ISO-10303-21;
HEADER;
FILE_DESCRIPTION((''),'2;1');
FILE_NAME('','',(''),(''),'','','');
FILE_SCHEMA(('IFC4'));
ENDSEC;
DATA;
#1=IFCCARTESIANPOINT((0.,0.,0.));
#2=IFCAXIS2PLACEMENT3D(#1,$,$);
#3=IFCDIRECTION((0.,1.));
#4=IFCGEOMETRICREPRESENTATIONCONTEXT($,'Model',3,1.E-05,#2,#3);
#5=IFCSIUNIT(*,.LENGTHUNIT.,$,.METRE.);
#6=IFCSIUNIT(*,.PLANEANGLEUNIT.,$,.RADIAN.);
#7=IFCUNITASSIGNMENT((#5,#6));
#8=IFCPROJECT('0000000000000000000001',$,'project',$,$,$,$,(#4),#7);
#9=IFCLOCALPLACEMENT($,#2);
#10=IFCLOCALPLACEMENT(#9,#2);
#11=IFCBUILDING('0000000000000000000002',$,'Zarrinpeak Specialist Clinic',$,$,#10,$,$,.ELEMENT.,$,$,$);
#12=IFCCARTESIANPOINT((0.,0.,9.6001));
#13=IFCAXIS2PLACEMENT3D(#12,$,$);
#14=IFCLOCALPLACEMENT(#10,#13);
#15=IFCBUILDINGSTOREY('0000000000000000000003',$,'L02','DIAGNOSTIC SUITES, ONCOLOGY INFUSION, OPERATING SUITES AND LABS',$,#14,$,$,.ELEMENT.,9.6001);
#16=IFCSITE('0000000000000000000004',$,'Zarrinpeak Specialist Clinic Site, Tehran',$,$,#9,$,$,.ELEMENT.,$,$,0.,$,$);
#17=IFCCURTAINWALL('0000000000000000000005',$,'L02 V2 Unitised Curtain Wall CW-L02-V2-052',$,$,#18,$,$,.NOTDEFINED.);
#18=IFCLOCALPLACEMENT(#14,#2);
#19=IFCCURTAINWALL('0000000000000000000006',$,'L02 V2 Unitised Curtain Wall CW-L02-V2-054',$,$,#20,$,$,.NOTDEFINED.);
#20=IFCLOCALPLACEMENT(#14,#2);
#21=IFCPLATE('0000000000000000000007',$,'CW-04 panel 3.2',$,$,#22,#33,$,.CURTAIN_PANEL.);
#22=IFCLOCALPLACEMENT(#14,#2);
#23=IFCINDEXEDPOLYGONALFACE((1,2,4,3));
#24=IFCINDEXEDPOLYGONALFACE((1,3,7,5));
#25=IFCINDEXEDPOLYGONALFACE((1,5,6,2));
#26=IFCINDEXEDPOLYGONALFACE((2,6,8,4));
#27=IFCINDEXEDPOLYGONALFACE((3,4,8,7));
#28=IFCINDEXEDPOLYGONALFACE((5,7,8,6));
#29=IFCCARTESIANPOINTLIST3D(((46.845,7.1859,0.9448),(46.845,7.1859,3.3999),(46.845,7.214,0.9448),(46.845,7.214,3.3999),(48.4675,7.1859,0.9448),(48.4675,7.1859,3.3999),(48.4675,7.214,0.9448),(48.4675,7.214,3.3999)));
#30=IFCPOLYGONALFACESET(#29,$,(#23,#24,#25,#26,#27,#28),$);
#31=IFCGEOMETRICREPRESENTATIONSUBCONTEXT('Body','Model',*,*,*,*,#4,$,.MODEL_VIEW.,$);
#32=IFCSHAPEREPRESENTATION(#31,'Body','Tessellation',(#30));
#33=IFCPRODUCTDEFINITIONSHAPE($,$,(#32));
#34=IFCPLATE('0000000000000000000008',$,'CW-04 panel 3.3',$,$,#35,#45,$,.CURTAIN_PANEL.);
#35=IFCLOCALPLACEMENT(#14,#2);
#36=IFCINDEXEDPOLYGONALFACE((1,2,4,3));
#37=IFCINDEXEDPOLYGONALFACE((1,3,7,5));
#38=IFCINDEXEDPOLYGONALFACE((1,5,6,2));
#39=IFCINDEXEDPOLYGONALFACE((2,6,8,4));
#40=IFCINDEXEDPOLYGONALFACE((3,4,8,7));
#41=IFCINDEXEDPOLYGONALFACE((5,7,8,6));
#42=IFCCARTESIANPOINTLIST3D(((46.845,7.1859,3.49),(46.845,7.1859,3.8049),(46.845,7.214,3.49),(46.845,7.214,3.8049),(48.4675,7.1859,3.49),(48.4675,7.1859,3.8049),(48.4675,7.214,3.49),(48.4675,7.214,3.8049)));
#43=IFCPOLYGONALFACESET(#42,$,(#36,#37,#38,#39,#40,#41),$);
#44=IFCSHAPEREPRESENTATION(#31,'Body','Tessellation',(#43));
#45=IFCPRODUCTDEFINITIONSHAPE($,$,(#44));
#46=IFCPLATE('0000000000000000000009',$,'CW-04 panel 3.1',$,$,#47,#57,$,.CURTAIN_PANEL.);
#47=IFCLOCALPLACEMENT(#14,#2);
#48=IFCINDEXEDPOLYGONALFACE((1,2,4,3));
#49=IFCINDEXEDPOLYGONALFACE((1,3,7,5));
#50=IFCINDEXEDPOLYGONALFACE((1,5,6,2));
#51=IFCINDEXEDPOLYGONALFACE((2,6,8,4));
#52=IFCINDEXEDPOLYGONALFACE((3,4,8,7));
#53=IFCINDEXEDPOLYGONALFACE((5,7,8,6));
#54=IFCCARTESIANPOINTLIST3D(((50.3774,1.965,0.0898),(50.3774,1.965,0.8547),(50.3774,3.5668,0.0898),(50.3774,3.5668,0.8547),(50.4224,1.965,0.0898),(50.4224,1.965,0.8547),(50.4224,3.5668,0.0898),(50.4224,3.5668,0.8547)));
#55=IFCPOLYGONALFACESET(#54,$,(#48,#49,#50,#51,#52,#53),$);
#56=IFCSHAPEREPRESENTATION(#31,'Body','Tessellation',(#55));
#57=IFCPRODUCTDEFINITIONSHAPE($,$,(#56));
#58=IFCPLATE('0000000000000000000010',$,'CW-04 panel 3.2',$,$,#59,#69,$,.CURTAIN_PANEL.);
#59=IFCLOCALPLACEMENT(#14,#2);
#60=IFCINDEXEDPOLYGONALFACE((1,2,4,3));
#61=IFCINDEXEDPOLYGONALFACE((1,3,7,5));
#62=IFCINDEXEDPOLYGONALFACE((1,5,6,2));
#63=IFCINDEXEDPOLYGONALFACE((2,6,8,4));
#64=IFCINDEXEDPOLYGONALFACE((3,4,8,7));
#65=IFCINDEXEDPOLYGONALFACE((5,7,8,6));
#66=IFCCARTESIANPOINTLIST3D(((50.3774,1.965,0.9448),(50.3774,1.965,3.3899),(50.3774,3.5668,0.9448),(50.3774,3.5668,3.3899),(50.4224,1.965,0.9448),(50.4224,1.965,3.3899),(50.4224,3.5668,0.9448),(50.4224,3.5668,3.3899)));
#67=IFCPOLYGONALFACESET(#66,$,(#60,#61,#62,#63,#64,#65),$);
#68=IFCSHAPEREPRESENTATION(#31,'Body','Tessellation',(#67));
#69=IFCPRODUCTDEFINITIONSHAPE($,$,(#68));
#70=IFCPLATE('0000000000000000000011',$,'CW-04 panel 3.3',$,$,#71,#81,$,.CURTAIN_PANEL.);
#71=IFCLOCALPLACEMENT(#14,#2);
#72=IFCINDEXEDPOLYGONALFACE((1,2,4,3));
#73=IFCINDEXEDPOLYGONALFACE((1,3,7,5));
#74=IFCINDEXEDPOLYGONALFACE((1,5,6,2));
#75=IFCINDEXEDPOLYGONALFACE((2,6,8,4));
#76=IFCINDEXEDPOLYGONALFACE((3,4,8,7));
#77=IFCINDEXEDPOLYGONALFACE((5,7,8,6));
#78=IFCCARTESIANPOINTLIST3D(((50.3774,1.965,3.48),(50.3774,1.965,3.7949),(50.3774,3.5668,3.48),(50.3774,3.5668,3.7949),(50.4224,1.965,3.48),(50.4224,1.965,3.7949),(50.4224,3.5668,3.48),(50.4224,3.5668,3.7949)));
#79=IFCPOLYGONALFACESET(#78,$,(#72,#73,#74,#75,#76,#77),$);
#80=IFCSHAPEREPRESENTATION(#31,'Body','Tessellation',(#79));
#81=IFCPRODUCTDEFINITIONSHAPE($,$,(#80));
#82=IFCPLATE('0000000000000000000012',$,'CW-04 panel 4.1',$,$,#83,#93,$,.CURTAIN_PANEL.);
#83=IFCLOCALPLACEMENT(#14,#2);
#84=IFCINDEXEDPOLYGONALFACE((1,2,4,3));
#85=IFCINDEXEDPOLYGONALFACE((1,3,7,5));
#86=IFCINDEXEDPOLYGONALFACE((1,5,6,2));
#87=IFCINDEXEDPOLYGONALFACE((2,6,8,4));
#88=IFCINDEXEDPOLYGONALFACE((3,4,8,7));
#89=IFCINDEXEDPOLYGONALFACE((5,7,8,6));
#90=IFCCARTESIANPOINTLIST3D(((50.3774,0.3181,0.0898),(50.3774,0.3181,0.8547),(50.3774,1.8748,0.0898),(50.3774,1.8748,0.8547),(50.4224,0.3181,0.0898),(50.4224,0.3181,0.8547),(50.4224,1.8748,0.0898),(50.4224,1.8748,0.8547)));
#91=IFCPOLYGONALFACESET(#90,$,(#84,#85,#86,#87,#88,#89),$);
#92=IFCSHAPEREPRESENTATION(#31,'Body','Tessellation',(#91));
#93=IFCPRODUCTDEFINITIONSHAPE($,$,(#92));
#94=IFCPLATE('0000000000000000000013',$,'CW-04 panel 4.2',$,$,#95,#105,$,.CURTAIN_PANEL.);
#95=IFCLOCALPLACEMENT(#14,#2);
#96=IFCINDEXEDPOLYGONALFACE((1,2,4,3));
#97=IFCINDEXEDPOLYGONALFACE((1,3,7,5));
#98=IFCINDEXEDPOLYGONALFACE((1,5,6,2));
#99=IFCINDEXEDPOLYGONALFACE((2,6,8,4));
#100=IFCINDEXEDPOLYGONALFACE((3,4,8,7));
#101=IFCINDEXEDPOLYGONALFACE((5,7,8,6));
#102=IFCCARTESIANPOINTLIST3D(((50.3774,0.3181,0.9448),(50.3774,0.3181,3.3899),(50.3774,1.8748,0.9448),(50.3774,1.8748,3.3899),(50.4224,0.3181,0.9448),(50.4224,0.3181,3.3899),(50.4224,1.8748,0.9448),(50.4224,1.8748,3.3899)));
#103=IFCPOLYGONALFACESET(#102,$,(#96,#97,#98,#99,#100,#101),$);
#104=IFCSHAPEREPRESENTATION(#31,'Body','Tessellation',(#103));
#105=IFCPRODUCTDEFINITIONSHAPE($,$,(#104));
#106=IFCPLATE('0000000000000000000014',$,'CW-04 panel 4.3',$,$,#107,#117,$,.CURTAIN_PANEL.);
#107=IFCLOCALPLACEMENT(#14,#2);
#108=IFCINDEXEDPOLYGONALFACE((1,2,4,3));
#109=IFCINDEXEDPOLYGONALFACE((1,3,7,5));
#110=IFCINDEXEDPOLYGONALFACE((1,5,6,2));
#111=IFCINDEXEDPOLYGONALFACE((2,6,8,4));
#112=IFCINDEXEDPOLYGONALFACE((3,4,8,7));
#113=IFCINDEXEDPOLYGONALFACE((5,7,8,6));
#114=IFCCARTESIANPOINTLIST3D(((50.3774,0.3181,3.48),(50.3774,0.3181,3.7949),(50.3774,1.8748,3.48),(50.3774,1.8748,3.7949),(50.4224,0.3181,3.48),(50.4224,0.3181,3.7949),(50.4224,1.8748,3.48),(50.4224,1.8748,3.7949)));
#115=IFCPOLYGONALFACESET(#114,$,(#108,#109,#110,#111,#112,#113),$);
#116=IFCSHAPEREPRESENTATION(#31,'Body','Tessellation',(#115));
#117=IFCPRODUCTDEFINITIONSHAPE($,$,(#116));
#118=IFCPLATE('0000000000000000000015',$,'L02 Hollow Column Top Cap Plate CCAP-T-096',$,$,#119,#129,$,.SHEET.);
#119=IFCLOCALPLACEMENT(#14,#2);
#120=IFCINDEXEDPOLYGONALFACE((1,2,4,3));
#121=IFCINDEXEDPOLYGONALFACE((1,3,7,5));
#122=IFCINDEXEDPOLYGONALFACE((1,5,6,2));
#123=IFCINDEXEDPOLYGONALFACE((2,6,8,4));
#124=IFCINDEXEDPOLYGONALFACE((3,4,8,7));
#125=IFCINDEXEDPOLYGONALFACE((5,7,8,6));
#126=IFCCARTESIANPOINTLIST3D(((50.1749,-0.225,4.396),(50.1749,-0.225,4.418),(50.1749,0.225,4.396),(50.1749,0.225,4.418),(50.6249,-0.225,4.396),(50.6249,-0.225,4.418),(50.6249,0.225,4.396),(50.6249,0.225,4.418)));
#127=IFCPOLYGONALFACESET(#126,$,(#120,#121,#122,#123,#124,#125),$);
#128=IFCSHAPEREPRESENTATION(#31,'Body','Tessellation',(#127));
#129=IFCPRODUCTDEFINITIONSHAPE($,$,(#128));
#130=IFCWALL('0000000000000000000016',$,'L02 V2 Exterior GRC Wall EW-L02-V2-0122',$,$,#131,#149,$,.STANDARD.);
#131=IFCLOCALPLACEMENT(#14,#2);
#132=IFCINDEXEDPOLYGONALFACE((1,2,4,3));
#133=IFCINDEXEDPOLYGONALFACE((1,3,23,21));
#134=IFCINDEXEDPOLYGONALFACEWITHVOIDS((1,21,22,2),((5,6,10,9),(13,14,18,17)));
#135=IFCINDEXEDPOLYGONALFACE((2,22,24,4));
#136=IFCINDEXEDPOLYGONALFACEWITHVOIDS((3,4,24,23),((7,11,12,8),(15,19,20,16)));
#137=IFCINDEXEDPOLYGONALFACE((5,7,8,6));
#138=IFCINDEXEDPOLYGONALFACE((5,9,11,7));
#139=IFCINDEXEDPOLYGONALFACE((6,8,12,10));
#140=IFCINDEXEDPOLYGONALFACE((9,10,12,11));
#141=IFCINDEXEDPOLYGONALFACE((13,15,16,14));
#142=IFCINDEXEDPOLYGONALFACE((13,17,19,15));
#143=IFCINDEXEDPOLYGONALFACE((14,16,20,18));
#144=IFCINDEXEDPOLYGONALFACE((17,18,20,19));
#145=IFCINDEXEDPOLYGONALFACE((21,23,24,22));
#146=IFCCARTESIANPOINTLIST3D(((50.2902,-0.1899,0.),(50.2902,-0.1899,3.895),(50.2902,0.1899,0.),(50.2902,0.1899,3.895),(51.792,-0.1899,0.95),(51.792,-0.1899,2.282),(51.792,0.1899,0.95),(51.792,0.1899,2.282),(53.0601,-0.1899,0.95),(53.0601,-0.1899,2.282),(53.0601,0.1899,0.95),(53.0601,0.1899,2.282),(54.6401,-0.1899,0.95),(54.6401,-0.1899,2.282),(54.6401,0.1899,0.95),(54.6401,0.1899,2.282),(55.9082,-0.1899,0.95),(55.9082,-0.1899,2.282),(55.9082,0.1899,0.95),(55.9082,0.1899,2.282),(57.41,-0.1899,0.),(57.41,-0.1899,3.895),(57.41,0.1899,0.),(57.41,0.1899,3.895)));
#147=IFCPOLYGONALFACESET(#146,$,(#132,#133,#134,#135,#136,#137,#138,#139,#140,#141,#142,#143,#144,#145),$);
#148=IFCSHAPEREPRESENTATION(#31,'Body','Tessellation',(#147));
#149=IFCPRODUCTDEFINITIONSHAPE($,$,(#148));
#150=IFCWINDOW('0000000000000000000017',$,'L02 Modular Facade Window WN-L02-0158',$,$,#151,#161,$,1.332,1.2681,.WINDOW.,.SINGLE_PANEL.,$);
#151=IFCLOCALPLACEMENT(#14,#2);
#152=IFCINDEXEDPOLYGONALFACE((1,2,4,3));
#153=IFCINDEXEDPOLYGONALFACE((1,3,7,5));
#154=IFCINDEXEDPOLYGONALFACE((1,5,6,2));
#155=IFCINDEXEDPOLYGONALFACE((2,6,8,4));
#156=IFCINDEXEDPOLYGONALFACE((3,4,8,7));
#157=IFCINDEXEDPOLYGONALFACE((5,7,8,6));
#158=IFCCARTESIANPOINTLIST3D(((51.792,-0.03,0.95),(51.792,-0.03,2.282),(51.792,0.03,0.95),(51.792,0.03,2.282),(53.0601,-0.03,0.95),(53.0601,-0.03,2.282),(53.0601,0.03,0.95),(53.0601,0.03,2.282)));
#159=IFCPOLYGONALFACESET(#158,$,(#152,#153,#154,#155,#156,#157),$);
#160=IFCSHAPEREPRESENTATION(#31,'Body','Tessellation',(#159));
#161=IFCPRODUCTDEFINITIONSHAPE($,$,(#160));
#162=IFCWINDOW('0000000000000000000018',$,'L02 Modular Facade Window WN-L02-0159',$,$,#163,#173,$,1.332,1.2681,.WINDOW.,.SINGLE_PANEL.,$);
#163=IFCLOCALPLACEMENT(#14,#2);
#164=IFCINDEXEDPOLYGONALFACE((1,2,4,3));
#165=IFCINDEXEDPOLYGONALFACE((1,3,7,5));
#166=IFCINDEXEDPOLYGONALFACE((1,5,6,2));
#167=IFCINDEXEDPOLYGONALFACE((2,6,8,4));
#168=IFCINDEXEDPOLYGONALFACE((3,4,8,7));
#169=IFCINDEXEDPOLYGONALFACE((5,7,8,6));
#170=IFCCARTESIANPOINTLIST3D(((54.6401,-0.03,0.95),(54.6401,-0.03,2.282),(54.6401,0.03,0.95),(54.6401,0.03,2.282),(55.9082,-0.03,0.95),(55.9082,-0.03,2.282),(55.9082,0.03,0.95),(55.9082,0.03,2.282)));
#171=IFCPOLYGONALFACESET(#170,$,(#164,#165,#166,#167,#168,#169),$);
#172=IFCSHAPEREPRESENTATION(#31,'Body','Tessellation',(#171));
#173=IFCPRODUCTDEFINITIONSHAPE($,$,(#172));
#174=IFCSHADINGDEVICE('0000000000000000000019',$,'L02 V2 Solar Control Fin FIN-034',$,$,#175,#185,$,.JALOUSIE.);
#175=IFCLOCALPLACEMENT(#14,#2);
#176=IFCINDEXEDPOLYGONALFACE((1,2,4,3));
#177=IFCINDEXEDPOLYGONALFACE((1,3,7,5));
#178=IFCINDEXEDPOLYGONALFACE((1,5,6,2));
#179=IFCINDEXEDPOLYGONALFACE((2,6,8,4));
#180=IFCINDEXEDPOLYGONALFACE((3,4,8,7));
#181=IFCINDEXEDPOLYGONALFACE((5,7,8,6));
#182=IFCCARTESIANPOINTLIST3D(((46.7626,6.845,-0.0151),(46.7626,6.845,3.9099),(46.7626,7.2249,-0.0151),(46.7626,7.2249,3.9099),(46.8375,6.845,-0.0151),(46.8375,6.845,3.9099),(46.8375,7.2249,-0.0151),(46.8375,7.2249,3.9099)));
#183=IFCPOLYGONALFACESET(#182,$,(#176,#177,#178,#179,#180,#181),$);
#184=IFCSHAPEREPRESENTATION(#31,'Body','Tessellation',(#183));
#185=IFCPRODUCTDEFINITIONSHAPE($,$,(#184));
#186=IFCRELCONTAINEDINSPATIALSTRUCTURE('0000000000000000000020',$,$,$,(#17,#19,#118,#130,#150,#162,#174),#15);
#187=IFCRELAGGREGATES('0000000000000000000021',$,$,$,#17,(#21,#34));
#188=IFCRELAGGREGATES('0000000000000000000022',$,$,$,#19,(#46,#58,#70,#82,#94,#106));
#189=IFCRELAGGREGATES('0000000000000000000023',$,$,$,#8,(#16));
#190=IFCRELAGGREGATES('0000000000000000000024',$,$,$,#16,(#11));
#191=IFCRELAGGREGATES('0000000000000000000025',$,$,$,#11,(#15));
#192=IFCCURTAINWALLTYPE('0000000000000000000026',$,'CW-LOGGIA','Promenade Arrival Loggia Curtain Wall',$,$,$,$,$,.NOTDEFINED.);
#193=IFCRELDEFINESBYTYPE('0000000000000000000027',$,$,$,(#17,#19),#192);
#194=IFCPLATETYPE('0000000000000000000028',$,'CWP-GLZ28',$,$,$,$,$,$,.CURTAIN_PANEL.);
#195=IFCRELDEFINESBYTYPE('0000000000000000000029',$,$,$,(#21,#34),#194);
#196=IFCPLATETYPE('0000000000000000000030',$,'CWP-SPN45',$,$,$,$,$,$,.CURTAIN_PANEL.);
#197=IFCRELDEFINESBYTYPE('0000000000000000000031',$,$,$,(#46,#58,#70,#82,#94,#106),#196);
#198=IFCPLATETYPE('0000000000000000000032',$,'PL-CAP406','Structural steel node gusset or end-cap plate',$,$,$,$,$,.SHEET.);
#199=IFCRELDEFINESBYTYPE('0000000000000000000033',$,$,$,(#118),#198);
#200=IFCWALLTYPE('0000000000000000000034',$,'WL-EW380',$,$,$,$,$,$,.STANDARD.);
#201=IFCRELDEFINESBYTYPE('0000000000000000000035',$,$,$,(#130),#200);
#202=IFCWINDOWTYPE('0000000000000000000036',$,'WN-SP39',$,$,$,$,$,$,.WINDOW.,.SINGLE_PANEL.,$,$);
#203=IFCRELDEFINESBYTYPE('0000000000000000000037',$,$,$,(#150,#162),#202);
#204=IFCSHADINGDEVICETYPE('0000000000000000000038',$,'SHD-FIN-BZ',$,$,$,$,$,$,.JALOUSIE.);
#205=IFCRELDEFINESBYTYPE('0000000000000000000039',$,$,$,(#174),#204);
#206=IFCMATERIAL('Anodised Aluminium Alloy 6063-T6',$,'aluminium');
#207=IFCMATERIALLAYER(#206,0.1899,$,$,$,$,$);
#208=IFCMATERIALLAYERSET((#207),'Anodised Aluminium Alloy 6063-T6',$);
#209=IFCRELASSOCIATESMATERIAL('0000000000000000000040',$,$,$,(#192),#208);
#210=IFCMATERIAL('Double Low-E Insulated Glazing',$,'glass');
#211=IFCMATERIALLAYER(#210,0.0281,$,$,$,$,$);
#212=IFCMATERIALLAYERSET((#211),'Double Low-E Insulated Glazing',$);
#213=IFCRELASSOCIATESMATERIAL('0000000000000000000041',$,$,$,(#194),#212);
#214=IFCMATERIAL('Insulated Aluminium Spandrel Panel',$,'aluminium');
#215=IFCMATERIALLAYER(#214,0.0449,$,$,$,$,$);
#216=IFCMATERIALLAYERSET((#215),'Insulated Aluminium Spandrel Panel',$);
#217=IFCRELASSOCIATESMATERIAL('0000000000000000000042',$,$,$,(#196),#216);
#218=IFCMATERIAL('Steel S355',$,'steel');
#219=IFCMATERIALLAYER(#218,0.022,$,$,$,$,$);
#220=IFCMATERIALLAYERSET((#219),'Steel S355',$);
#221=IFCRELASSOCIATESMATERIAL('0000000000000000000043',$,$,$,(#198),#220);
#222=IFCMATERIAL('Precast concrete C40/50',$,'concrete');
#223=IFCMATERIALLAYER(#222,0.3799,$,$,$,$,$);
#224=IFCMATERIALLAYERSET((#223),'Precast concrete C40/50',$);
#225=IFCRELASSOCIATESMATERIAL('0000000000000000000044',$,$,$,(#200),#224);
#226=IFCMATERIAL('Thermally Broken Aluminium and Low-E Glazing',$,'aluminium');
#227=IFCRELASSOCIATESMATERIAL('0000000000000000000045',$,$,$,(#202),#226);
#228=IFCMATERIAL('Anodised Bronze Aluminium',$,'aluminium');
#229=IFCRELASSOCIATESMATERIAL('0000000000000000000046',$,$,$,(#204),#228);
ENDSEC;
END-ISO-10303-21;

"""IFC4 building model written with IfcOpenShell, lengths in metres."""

from ifc_helpers import new_model, si_unit, direction, frame, frame_2d, origin, origin_2d, place, context, subcontext, project, spatial, rectangle, extrude, material, layer, layer_set, type_object, element, fill, aggregate, save


model = new_model("IFC4")

# Units and contexts
model_context = context("Model", 3, precision=1e-05, world=origin(), true_north=direction((0.0, 1.0)))
body_context = subcontext(model_context, "Body", "Model", "MODEL_VIEW")
ifc_project = project(units=[si_unit("LENGTHUNIT", "METRE"), si_unit("PLANEANGLEUNIT", "RADIAN")], contexts=[model_context])

# Site, building, storey
site_placement = place(None, origin())
site = spatial("IfcSite", under=ifc_project, at=site_placement, Name="Zarrinpeak Specialist Clinic Site, Tehran", CompositionType="ELEMENT", RefElevation=0.0)
building_placement = place(site_placement, origin())
building = spatial("IfcBuilding", under=site, at=building_placement, Name="Zarrinpeak Specialist Clinic", CompositionType="ELEMENT")
storey_placement = place(building_placement, frame((0.0, 0.0, 9.6001)))
storey = spatial("IfcBuildingStorey", under=building, at=storey_placement, Name="L02", Description="DIAGNOSTIC SUITES, ONCOLOGY INFUSION, OPERATING SUITES AND LABS", CompositionType="ELEMENT", Elevation=9.6001)

# Shared definitions
ifc_material_1 = material(Name="Steel S355", Category="steel")

# Curtain walls
ifc_material_2 = material(Name="Anodised Aluminium Alloy 6063-T6", Category="aluminium")
ifc_layer_1 = layer(ifc_material_2, 0.1899)
ifc_layer_set_1 = layer_set([ifc_layer_1], Name="Anodised Aluminium Alloy 6063-T6")
curtain_wall_type = type_object("IfcCurtainWallType", Name="CW-LOGGIA", Description="Promenade Arrival Loggia Curtain Wall", PredefinedType="NOTDEFINED", material=ifc_layer_set_1)
curtain_wall_1_placement = place(storey_placement, origin())
curtain_wall_1 = element("IfcCurtainWall", 1, at=curtain_wall_1_placement, inside=storey, type_object=curtain_wall_type, Name="L02 V2 Unitised Curtain Wall CW-L02-V2-052", PredefinedType="NOTDEFINED")
curtain_wall_2_placement = place(storey_placement, origin())
curtain_wall_2 = element("IfcCurtainWall", 2, at=curtain_wall_2_placement, inside=storey, type_object=curtain_wall_type, Name="L02 V2 Unitised Curtain Wall CW-L02-V2-054", PredefinedType="NOTDEFINED")

# Plates
ifc_material_3 = material(Name="Double Low-E Insulated Glazing", Category="glass")
ifc_layer_2 = layer(ifc_material_3, 0.0281)
ifc_layer_set_2 = layer_set([ifc_layer_2], Name="Double Low-E Insulated Glazing")
plate_type_1 = type_object("IfcPlateType", Name="CWP-GLZ28", PredefinedType="CURTAIN_PANEL", material=ifc_layer_set_2)
plate_1_placement = place(storey_placement, frame((47.6562, 7.2, 0.9448), z_axis=(0.0, 0.0, 1.0), x_axis=(1.0, 0.0, 0.0)))
plate_1 = element("IfcPlate", 3, at=plate_1_placement, type_object=plate_type_1, Name="CW-04 panel 3.2", PredefinedType="CURTAIN_PANEL", context=body_context, shape_type="SweptSolid", body=[
    extrude(rectangle(XDim=1.6226, YDim=0.0281, at=origin_2d()), origin(), (0.0, 0.0, 1.0), 2.4551),
])
plate_2_placement = place(storey_placement, frame((47.6562, 7.2, 3.49), z_axis=(0.0, 0.0, 1.0), x_axis=(1.0, 0.0, 0.0)))
plate_2 = element("IfcPlate", 4, at=plate_2_placement, type_object=plate_type_1, Name="CW-04 panel 3.3", PredefinedType="CURTAIN_PANEL", context=body_context, shape_type="SweptSolid", body=[
    extrude(rectangle(XDim=1.6226, YDim=0.0281, at=origin_2d()), origin(), (0.0, 0.0, 1.0), 0.3149),
])
aggregate(curtain_wall_1, [plate_1, plate_2])
ifc_material_4 = material(Name="Insulated Aluminium Spandrel Panel", Category="aluminium")
ifc_layer_3 = layer(ifc_material_4, 0.0449)
ifc_layer_set_3 = layer_set([ifc_layer_3], Name="Insulated Aluminium Spandrel Panel")
plate_type_2 = type_object("IfcPlateType", Name="CWP-SPN45", PredefinedType="CURTAIN_PANEL", material=ifc_layer_set_3)
plate_3_placement = place(storey_placement, frame((50.3999, 2.7659, 0.0898), z_axis=(0.0, 0.0, 1.0), x_axis=(0.0, -1.0, 0.0)))
plate_3 = element("IfcPlate", 5, at=plate_3_placement, type_object=plate_type_2, Name="CW-04 panel 3.1", PredefinedType="CURTAIN_PANEL", context=body_context, shape_type="SweptSolid", body=[
    extrude(rectangle(XDim=1.6018, YDim=0.0449, at=origin_2d()), origin(), (0.0, 0.0, 1.0), 0.7649),
])
plate_4_placement = place(storey_placement, frame((50.3999, 2.7659, 0.9448), z_axis=(0.0, 0.0, 1.0), x_axis=(0.0, -1.0, 0.0)))
plate_4 = element("IfcPlate", 6, at=plate_4_placement, type_object=plate_type_2, Name="CW-04 panel 3.2", PredefinedType="CURTAIN_PANEL", context=body_context, shape_type="SweptSolid", body=[
    extrude(rectangle(XDim=1.6018, YDim=0.0449, at=origin_2d()), origin(), (0.0, 0.0, 1.0), 2.4451),
])
plate_5_placement = place(storey_placement, frame((50.3999, 2.7659, 3.48), z_axis=(0.0, 0.0, 1.0), x_axis=(0.0, -1.0, 0.0)))
plate_5 = element("IfcPlate", 7, at=plate_5_placement, type_object=plate_type_2, Name="CW-04 panel 3.3", PredefinedType="CURTAIN_PANEL", context=body_context, shape_type="SweptSolid", body=[
    extrude(rectangle(XDim=1.6018, YDim=0.0449, at=origin_2d()), origin(), (0.0, 0.0, 1.0), 0.3149),
])
plate_6_placement = place(storey_placement, frame((50.3999, 1.0964, 0.0898), z_axis=(0.0, 0.0, 1.0), x_axis=(0.0, -1.0, 0.0)))
plate_6 = element("IfcPlate", 8, at=plate_6_placement, type_object=plate_type_2, Name="CW-04 panel 4.1", PredefinedType="CURTAIN_PANEL", context=body_context, shape_type="SweptSolid", body=[
    extrude(rectangle(XDim=1.5566, YDim=0.0449, at=origin_2d()), origin(), (0.0, 0.0, 1.0), 0.7649),
])
plate_7_placement = place(storey_placement, frame((50.3999, 1.0964, 0.9448), z_axis=(0.0, 0.0, 1.0), x_axis=(0.0, -1.0, 0.0)))
plate_7 = element("IfcPlate", 9, at=plate_7_placement, type_object=plate_type_2, Name="CW-04 panel 4.2", PredefinedType="CURTAIN_PANEL", context=body_context, shape_type="SweptSolid", body=[
    extrude(rectangle(XDim=1.5566, YDim=0.0449, at=origin_2d()), origin(), (0.0, 0.0, 1.0), 2.4451),
])
plate_8_placement = place(storey_placement, frame((50.3999, 1.0964, 3.48), z_axis=(0.0, 0.0, 1.0), x_axis=(0.0, -1.0, 0.0)))
plate_8 = element("IfcPlate", 10, at=plate_8_placement, type_object=plate_type_2, Name="CW-04 panel 4.3", PredefinedType="CURTAIN_PANEL", context=body_context, shape_type="SweptSolid", body=[
    extrude(rectangle(XDim=1.5566, YDim=0.0449, at=origin_2d()), origin(), (0.0, 0.0, 1.0), 0.3149),
])
aggregate(curtain_wall_2, [plate_3, plate_4, plate_5, plate_6, plate_7, plate_8])
ifc_layer_4 = layer(ifc_material_1, 0.022)
ifc_layer_set_4 = layer_set([ifc_layer_4], Name="Steel S355")
plate_type_3 = type_object("IfcPlateType", Name="PL-CAP406", Description="Structural steel node gusset or end-cap plate", PredefinedType="SHEET", material=ifc_layer_set_4)
plate_9_placement = place(storey_placement, frame((50.3999, 0.0, 4.396), z_axis=(0.0, 0.0, 1.0), x_axis=(1.0, 0.0, 0.0)))
element("IfcPlate", 11, at=plate_9_placement, inside=storey, type_object=plate_type_3, Name="L02 Hollow Column Top Cap Plate CCAP-T-096", PredefinedType="SHEET", context=body_context, shape_type="SweptSolid", body=[
    extrude(rectangle(XDim=0.45, YDim=0.45, at=origin_2d()), origin(), (0.0, 0.0, 1.0), 0.022),
])

# Wall, openings, windows
ifc_material_5 = material(Name="Precast concrete C40/50", Category="concrete")
ifc_layer_5 = layer(ifc_material_5, 0.3799)
ifc_layer_set_5 = layer_set([ifc_layer_5], Name="Precast concrete C40/50")
wall_type = type_object("IfcWallType", Name="WL-EW380", PredefinedType="STANDARD", material=ifc_layer_set_5)
wall_placement = place(storey_placement, frame((50.29, 0.0, 0.0), z_axis=(0.0, 0.0, 1.0), x_axis=(1.0, 0.0, 0.0)))
wall = element("IfcWall", 12, at=wall_placement, inside=storey, type_object=wall_type, Name="L02 V2 Exterior GRC Wall EW-L02-V2-0122", PredefinedType="STANDARD", context=body_context, shape_type="SweptSolid", body=[
    extrude(rectangle(XDim=7.1199, YDim=0.3799, at=frame_2d((3.5601, 0.0))), origin(), (0.0, 0.0, 1.0), 3.895),
])
opening_1_placement = place(wall_placement, frame((1.502, 0.0, 0.95)))
opening_1 = element("IfcOpeningElement", 13, at=opening_1_placement, cuts=wall, PredefinedType="OPENING", context=body_context, shape_type="SweptSolid", body=[
    extrude(rectangle(XDim=1.2681, YDim=1.332, at=frame_2d((0.634, 0.666))), frame((0.0, 0.2, 0.0), z_axis=(0.0, -1.0, 0.0), x_axis=(1.0, 0.0, 0.0)), (0.0, 0.0, 1.0), 0.3999),
])
opening_2_placement = place(wall_placement, frame((4.3501, 0.0, 0.95)))
opening_2 = element("IfcOpeningElement", 14, at=opening_2_placement, cuts=wall, PredefinedType="OPENING", context=body_context, shape_type="SweptSolid", body=[
    extrude(rectangle(XDim=1.2681, YDim=1.332, at=frame_2d((0.634, 0.666))), frame((0.0, 0.2, 0.0), z_axis=(0.0, -1.0, 0.0), x_axis=(1.0, 0.0, 0.0)), (0.0, 0.0, 1.0), 0.3999),
])
ifc_material_6 = material(Name="Thermally Broken Aluminium and Low-E Glazing", Category="aluminium")
window_type = type_object("IfcWindowType", Name="WN-SP39", PartitioningType="SINGLE_PANEL", PredefinedType="WINDOW", material=ifc_material_6)
window_1_placement = place(opening_1_placement, origin())
window_1 = element("IfcWindow", 15, at=window_1_placement, inside=storey, type_object=window_type, Name="L02 Modular Facade Window WN-L02-0158", OverallHeight=1.332, OverallWidth=1.2681, PartitioningType="SINGLE_PANEL", PredefinedType="WINDOW", context=body_context, shape_type="SweptSolid", body=[
    extrude(rectangle(XDim=1.2681, YDim=1.332, at=frame_2d((0.634, 0.666))), frame((0.0, 0.03, 0.0), z_axis=(0.0, -1.0, 0.0), x_axis=(1.0, 0.0, 0.0)), (0.0, 0.0, 1.0), 0.0601),
])
fill(opening_1, window_1)
window_2_placement = place(opening_2_placement, origin())
window_2 = element("IfcWindow", 16, at=window_2_placement, inside=storey, type_object=window_type, Name="L02 Modular Facade Window WN-L02-0159", OverallHeight=1.332, OverallWidth=1.2681, PartitioningType="SINGLE_PANEL", PredefinedType="WINDOW", context=body_context, shape_type="SweptSolid", body=[
    extrude(rectangle(XDim=1.2681, YDim=1.332, at=frame_2d((0.634, 0.666))), frame((0.0, 0.03, 0.0), z_axis=(0.0, -1.0, 0.0), x_axis=(1.0, 0.0, 0.0)), (0.0, 0.0, 1.0), 0.0601),
])
fill(opening_2, window_2)

# Shading device
ifc_material_7 = material(Name="Anodised Bronze Aluminium", Category="aluminium")
shading_device_type = type_object("IfcShadingDeviceType", Name="SHD-FIN-BZ", PredefinedType="JALOUSIE", material=ifc_material_7)
shading_device_1_placement = place(storey_placement, frame((46.8, 7.0349, -0.0151), z_axis=(0.0, 0.0, 1.0), x_axis=(1.0, 0.0, 0.0)))
element("IfcShadingDevice", 17, at=shading_device_1_placement, inside=storey, type_object=shading_device_type, Name="L02 V2 Solar Control Fin FIN-034", PredefinedType="JALOUSIE", context=body_context, shape_type="SweptSolid", body=[
    extrude(rectangle(XDim=0.075, YDim=0.3799, at=origin_2d()), origin(), (0.0, 0.0, 1.0), 3.925),
])

save(model, "model.ifc")
